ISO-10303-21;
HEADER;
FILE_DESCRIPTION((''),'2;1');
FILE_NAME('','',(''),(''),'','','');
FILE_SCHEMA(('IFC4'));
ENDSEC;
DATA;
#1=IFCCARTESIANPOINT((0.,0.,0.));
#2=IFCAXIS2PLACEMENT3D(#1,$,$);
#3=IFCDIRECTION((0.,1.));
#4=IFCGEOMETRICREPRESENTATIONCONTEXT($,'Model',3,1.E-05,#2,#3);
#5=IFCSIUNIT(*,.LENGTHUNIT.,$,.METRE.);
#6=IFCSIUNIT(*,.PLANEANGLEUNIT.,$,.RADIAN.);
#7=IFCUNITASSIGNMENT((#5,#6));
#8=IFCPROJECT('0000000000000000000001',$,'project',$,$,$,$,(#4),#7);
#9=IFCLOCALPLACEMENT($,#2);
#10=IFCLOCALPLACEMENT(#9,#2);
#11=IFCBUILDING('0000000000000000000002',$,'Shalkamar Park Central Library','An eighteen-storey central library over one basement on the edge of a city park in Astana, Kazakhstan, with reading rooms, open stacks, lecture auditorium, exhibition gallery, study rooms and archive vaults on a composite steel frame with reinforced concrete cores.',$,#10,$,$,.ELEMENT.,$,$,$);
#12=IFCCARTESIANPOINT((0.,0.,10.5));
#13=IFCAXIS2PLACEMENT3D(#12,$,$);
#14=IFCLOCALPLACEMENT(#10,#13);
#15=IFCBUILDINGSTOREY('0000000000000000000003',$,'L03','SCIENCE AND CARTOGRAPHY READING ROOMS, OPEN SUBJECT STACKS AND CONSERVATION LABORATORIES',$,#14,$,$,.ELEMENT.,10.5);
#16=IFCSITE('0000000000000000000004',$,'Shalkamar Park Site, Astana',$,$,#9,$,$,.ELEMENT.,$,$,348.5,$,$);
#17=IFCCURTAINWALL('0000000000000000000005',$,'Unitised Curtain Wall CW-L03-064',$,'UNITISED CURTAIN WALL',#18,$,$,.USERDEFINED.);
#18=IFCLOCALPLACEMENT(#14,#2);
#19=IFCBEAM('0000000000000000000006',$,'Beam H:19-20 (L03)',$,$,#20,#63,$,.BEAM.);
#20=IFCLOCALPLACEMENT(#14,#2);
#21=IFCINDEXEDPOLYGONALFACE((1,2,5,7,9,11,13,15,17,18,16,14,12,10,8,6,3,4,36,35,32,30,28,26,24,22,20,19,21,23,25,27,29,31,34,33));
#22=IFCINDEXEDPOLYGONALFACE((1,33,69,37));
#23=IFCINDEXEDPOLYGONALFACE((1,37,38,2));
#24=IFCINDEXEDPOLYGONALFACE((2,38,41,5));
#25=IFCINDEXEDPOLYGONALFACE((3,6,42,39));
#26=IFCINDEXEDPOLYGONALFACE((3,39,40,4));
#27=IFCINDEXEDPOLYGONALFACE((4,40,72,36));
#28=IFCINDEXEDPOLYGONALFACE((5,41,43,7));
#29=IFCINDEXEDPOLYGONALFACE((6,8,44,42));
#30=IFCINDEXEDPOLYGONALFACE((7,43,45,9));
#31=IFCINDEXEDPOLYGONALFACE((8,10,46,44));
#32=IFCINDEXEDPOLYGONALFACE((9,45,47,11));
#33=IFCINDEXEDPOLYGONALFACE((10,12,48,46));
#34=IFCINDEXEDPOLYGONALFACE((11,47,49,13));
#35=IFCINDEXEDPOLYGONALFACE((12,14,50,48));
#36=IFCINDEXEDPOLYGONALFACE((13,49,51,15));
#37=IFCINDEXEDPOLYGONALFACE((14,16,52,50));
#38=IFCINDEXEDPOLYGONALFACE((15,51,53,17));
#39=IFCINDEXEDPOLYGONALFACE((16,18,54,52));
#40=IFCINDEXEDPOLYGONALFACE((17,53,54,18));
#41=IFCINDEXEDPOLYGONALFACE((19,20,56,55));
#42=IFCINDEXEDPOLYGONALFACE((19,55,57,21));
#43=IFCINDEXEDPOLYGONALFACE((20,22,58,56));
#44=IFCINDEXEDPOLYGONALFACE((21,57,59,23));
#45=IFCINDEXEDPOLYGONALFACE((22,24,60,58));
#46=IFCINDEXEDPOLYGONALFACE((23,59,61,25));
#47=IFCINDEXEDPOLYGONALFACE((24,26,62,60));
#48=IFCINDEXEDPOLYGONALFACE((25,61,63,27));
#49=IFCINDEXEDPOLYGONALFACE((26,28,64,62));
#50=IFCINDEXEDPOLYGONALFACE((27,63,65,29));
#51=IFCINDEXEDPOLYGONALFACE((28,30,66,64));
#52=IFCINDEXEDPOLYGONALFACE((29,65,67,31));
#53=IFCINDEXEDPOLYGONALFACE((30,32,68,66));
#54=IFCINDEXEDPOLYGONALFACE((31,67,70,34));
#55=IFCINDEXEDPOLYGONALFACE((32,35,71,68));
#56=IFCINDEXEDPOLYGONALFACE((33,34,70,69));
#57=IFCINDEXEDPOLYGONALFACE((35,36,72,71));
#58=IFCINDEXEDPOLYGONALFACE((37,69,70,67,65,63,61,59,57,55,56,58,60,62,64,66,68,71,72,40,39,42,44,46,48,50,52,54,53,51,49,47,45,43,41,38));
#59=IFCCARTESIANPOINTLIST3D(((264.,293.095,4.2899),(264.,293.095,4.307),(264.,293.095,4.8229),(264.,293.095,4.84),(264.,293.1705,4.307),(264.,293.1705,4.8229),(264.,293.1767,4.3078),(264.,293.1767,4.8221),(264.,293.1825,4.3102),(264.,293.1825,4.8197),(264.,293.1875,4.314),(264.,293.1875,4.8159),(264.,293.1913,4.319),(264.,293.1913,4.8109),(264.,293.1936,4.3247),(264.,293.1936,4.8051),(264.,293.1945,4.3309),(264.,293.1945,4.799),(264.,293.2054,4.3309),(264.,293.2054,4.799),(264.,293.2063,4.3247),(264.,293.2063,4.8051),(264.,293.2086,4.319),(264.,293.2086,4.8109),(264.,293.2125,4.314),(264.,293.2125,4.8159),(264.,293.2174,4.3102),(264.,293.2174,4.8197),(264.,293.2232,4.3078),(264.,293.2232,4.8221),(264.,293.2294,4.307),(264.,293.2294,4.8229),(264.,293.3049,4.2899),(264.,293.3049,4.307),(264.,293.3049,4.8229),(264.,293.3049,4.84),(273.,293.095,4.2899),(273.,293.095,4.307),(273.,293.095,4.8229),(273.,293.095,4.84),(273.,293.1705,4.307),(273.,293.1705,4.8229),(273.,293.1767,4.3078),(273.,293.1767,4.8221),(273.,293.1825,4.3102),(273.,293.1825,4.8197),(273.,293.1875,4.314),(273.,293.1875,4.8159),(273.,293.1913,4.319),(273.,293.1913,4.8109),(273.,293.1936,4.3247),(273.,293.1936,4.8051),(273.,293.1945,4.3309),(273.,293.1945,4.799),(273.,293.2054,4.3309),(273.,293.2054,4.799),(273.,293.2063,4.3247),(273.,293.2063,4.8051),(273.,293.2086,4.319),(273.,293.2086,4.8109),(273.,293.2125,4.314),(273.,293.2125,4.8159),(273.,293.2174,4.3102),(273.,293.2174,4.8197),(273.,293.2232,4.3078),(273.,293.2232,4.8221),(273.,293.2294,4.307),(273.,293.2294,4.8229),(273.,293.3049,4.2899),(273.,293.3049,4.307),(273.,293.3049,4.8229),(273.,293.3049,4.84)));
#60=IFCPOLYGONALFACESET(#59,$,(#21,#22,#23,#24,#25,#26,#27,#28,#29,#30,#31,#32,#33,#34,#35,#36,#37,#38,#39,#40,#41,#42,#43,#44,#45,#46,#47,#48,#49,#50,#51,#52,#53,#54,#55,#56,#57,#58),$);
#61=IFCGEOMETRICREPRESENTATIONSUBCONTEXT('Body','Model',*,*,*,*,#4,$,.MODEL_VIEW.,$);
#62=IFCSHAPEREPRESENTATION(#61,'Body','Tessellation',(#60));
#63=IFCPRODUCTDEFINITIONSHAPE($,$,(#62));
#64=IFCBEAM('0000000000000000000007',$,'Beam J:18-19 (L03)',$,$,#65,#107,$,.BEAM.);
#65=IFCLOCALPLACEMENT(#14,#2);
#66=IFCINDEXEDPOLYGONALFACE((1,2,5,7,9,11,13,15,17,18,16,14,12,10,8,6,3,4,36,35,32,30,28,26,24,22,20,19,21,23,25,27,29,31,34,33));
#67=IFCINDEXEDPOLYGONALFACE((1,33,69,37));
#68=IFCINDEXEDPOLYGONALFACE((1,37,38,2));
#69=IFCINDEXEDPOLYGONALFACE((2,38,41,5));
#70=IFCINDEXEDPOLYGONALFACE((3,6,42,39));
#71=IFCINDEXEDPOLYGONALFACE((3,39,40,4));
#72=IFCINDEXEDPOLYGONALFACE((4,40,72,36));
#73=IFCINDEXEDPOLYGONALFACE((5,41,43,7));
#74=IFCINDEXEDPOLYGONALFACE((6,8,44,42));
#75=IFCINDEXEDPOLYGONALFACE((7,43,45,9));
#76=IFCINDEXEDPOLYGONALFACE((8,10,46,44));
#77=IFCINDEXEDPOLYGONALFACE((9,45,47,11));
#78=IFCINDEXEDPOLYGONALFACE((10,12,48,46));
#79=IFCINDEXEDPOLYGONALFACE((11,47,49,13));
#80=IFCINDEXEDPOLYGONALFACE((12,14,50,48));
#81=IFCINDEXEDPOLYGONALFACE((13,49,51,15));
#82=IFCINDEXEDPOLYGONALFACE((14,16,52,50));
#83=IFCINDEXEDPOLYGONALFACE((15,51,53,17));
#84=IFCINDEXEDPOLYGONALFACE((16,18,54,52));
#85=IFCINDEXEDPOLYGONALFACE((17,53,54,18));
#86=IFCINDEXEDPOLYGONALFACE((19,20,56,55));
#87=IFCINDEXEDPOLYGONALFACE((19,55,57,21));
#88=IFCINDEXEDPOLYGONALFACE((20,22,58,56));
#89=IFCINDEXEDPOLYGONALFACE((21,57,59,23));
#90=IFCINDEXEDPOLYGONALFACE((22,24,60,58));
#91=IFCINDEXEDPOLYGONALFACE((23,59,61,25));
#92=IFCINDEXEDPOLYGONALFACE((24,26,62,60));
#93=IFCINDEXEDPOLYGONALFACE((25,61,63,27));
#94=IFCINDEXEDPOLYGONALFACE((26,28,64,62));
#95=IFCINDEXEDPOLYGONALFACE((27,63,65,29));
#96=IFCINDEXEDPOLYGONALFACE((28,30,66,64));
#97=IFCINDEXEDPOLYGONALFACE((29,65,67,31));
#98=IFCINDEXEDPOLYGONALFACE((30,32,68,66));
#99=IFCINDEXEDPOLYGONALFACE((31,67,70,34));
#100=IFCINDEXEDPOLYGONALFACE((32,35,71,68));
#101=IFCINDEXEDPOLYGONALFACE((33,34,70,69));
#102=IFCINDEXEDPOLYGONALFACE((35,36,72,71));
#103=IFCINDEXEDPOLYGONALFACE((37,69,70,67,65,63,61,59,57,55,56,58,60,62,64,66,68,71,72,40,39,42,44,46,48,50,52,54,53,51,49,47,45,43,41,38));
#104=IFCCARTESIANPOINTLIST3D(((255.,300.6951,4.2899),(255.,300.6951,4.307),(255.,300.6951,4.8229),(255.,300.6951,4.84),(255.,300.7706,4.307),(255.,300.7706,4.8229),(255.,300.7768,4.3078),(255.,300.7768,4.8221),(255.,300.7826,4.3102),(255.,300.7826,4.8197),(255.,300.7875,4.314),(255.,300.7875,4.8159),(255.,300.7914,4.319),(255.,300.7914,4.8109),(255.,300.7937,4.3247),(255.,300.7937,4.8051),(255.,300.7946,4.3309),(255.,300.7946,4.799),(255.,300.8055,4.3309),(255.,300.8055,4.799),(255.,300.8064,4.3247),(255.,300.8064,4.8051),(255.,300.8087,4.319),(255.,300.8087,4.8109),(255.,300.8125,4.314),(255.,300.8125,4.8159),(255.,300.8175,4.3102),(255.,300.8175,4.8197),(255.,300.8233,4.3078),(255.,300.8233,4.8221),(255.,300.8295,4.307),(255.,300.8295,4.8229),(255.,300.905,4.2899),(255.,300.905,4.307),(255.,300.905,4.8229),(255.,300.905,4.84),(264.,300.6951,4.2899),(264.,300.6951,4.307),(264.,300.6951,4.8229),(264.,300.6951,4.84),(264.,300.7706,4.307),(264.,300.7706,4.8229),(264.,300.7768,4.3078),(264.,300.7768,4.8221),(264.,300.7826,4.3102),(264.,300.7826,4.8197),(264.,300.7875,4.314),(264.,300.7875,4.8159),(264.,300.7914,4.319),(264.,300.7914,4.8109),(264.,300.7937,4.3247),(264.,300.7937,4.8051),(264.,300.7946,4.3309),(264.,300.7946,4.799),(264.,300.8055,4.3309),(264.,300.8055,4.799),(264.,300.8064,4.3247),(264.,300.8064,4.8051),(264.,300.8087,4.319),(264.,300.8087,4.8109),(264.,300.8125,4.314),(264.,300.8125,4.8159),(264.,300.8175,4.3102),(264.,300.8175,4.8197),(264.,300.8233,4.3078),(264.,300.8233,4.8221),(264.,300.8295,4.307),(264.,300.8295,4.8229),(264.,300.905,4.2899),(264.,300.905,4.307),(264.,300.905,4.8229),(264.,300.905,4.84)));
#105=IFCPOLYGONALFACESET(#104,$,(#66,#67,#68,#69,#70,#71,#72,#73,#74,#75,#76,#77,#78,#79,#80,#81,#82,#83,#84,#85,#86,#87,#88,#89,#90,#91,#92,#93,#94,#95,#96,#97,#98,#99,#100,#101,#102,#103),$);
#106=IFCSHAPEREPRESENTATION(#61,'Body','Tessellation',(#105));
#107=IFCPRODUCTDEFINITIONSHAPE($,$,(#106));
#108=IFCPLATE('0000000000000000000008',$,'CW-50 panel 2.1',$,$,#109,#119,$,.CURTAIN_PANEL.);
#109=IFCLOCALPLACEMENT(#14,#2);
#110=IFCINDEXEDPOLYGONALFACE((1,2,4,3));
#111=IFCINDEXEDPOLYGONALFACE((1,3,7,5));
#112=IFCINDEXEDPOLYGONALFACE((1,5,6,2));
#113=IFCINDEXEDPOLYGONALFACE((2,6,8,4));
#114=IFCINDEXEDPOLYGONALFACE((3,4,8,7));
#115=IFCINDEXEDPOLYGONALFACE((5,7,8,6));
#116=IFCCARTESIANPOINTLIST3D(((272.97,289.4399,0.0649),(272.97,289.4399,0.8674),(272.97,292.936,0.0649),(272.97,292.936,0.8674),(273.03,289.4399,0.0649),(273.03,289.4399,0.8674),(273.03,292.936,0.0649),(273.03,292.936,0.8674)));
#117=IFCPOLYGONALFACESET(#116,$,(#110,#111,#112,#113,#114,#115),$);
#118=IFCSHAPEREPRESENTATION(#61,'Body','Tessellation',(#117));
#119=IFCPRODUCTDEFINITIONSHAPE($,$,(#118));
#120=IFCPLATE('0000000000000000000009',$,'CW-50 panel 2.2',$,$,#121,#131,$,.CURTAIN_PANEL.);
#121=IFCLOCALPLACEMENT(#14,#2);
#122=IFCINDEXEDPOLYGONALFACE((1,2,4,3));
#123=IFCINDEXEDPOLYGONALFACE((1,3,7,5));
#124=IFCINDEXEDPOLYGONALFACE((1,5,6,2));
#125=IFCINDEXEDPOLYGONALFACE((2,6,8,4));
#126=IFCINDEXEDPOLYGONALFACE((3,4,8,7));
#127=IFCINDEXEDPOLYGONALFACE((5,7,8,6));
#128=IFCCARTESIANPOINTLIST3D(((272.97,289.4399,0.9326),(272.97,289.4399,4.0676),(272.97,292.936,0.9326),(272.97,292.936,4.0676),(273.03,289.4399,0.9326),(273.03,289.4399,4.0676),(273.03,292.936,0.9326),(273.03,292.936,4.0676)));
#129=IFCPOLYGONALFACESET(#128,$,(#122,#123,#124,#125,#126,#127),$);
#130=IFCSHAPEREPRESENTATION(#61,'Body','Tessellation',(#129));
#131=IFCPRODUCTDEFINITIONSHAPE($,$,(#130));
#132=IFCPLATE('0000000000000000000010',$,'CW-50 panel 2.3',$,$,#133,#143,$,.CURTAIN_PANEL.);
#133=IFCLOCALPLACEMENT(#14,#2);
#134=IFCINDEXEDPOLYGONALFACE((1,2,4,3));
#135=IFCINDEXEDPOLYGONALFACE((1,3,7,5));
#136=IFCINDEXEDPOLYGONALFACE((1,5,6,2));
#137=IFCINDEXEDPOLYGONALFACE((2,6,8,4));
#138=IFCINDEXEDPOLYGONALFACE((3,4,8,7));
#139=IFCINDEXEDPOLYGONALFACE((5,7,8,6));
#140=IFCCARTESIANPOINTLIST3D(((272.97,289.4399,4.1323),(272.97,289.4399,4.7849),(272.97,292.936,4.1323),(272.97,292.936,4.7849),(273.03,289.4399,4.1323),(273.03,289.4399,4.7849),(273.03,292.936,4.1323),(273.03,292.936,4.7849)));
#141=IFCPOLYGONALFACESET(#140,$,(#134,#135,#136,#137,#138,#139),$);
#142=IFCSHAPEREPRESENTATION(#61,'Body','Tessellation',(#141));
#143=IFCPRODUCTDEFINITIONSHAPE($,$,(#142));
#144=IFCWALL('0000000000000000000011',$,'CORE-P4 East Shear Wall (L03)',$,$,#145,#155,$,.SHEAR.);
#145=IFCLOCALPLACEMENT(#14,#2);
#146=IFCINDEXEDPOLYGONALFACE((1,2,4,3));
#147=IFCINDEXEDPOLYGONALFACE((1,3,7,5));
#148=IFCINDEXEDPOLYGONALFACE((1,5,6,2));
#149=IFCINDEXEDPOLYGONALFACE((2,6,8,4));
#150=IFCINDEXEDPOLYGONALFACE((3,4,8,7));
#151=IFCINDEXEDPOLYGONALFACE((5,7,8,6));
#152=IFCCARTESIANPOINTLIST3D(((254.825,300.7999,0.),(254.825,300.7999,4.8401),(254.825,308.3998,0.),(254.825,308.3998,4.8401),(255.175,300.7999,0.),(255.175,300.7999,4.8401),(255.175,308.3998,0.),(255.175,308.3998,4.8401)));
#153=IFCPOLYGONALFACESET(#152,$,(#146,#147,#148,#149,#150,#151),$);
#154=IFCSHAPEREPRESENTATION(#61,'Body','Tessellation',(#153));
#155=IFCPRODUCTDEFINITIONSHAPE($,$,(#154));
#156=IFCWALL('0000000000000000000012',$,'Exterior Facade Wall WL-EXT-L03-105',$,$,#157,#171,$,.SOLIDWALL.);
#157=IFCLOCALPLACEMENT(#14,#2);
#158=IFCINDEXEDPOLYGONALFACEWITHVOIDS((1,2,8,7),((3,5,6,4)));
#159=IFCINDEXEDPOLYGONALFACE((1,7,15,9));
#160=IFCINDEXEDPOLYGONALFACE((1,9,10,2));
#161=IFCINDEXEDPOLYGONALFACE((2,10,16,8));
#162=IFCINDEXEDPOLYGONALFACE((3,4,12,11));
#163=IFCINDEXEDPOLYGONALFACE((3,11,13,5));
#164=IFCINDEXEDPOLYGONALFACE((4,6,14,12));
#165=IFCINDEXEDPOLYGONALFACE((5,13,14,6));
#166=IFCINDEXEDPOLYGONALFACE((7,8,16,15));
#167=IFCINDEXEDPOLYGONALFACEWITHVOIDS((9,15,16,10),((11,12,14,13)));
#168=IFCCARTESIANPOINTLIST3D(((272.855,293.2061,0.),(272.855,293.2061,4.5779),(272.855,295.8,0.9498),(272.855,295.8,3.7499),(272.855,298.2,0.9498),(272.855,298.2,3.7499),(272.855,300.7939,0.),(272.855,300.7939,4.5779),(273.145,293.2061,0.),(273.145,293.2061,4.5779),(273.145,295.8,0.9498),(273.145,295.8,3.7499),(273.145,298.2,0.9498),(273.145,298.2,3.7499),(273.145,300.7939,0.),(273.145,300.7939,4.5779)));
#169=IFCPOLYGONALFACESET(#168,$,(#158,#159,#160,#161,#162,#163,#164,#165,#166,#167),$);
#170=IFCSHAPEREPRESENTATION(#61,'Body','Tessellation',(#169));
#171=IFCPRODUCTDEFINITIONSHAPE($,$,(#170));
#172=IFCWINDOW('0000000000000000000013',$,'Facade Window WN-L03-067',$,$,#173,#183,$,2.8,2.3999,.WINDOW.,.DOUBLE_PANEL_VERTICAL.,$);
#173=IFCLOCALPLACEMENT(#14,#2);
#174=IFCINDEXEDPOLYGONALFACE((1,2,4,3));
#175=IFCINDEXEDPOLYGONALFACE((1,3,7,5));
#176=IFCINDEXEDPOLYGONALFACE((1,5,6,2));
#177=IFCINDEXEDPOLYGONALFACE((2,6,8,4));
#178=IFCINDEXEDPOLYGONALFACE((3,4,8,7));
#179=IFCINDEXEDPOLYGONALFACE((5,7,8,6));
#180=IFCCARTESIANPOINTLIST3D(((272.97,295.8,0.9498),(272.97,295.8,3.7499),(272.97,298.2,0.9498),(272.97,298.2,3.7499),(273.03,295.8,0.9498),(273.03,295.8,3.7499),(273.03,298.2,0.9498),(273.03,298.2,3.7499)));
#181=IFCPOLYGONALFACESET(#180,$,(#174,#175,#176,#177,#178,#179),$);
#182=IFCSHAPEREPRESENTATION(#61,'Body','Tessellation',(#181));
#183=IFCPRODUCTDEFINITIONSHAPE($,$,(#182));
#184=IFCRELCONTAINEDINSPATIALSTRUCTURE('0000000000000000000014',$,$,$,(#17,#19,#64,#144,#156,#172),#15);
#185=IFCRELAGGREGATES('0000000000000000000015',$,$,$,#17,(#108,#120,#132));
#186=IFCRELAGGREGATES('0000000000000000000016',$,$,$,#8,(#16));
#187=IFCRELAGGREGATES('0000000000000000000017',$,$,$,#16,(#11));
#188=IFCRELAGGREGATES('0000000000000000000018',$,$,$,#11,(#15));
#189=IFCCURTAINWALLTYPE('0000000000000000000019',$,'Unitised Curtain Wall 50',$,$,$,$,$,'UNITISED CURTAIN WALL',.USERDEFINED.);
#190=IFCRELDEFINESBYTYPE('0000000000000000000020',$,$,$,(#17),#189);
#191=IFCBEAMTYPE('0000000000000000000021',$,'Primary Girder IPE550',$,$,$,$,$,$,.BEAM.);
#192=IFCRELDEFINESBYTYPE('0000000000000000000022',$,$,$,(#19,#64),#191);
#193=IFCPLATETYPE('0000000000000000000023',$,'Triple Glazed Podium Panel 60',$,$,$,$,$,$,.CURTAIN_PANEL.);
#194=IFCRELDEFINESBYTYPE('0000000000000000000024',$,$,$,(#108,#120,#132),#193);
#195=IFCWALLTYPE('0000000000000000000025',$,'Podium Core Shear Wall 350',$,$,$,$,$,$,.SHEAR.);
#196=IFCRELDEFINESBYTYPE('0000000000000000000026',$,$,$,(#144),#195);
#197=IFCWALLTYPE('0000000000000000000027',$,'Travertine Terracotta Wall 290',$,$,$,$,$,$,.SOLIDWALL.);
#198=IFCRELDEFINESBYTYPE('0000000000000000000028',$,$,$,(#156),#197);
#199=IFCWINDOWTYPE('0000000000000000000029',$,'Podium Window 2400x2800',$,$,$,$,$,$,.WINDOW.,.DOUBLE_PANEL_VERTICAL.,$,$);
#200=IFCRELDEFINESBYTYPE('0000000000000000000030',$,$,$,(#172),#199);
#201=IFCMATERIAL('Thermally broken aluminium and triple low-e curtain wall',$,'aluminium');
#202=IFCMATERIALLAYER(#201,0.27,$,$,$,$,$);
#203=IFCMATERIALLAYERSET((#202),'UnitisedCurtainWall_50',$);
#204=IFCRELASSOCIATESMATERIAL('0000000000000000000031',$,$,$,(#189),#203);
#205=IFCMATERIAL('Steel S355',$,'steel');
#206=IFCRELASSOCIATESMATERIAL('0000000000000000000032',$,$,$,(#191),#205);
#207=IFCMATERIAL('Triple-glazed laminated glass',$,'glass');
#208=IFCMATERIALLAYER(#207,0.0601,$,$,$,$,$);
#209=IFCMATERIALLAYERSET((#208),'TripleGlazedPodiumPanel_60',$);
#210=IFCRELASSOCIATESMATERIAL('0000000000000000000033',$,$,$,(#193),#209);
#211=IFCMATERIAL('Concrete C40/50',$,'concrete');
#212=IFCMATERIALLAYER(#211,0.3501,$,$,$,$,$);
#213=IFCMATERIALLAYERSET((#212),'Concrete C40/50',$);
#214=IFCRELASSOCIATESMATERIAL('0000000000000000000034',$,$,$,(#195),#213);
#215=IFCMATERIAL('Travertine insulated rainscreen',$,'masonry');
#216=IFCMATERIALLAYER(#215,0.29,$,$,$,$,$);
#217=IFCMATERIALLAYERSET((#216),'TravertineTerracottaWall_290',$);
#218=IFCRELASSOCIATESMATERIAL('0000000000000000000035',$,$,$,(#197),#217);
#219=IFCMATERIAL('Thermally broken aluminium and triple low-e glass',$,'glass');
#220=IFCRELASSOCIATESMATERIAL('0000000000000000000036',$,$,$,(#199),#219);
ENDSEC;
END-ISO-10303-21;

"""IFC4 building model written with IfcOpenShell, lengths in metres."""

from ifc_helpers import new_model, si_unit, direction, frame, frame_2d, origin, origin_2d, place, context, subcontext, project, spatial, rectangle, i_section, extrude, material, layer, layer_set, material_profile, profile_set, type_object, element, fill, aggregate, save


model = new_model("IFC4")

# Units and contexts
model_context = context("Model", 3, precision=1e-05, world=origin(), true_north=direction((0.0, 1.0)))
body_context = subcontext(model_context, "Body", "Model", "MODEL_VIEW")
ifc_project = project(units=[si_unit("LENGTHUNIT", "METRE"), si_unit("PLANEANGLEUNIT", "RADIAN")], contexts=[model_context])

# Site, building, storey
site_placement = place(None, origin())
site = spatial("IfcSite", under=ifc_project, at=site_placement, Name="Shalkamar Park Site, Astana", CompositionType="ELEMENT", RefElevation=348.5)
building_placement = place(site_placement, origin())
building = spatial("IfcBuilding", under=site, at=building_placement, Name="Shalkamar Park Central Library", Description="An eighteen-storey central library over one basement on the edge of a city park in Astana, Kazakhstan, with reading rooms, open stacks, lecture auditorium, exhibition gallery, study rooms and archive vaults on a composite steel frame with reinforced concrete cores.", CompositionType="ELEMENT")
storey_placement = place(building_placement, frame((0.0, 0.0, 10.5)))
storey = spatial("IfcBuildingStorey", under=building, at=storey_placement, Name="L03", Description="SCIENCE AND CARTOGRAPHY READING ROOMS, OPEN SUBJECT STACKS AND CONSERVATION LABORATORIES", CompositionType="ELEMENT", Elevation=10.5)

# Shared definitions
ifc_material_1 = material(Name="Steel S355", Category="steel")

# Curtain wall
ifc_material_2 = material(Name="Thermally broken aluminium and triple low-e curtain wall", Category="aluminium")
ifc_layer_1 = layer(ifc_material_2, 0.27)
ifc_layer_set_1 = layer_set([ifc_layer_1], Name="UnitisedCurtainWall_50")
curtain_wall_type_1 = type_object("IfcCurtainWallType", Name="Unitised Curtain Wall 50", ElementType="UNITISED CURTAIN WALL", PredefinedType="USERDEFINED", material=ifc_layer_set_1)
curtain_wall_1_placement = place(storey_placement, origin())
curtain_wall_1 = element("IfcCurtainWall", 1, at=curtain_wall_1_placement, inside=storey, type_object=curtain_wall_type_1, Name="Unitised Curtain Wall CW-L03-064", ObjectType="UNITISED CURTAIN WALL", PredefinedType="USERDEFINED")

# Beams
ifc_material_profile_1 = material_profile(ifc_material_1, i_section(OverallWidth=0.21, OverallDepth=0.55, WebThickness=0.011, FlangeThickness=0.0171, FilletRadius=0.0239, at=origin_2d()), Name="IPE 550")
ifc_profile_set_1 = profile_set([ifc_material_profile_1], Name="Steel S355")
beam_type_1 = type_object("IfcBeamType", Name="Primary Girder IPE550", PredefinedType="BEAM", material=ifc_profile_set_1)
for number, where, z_axis, x_axis, name in (
    (2, (264.0, 293.2, 4.5649), (1.0, 0.0, 0.0), (0.0, 1.0, 0.0), "Beam H:19-20 (L03)"),
    (3, (255.0, 300.8, 4.5649), (1.0, 0.0, 0.0), (0.0, 1.0, 0.0), "Beam J:18-19 (L03)"),
):
    element("IfcBeam", number, at=place(storey_placement, frame(where, z_axis=z_axis, x_axis=x_axis)), inside=storey, type_object=beam_type_1, Name=name, PredefinedType="BEAM", context=body_context, shape_type="SweptSolid", body=[
        extrude(i_section(OverallWidth=0.21, OverallDepth=0.55, WebThickness=0.011, FlangeThickness=0.0171, FilletRadius=0.0239, at=origin_2d()), origin(), (0.0, 0.0, 1.0), 9.0),
    ])

# Plates
ifc_material_3 = material(Name="Triple-glazed laminated glass", Category="glass")
ifc_layer_2 = layer(ifc_material_3, 0.0601)
ifc_layer_set_2 = layer_set([ifc_layer_2], Name="TripleGlazedPodiumPanel_60")
plate_type = type_object("IfcPlateType", Name="Triple Glazed Podium Panel 60", PredefinedType="CURTAIN_PANEL", material=ifc_layer_set_2)
plate_1_placement = place(storey_placement, frame((273.0, 291.188, 0.0649), z_axis=(0.0, 0.0, 1.0), x_axis=(0.0, 1.0, 0.0)))
plate_1 = element("IfcPlate", 4, at=plate_1_placement, type_object=plate_type, Name="CW-50 panel 2.1", PredefinedType="CURTAIN_PANEL", context=body_context, shape_type="SweptSolid", body=[
    extrude(rectangle(XDim=3.4961, YDim=0.0601, at=origin_2d()), origin(), (0.0, 0.0, 1.0), 0.8025),
])
plate_2_placement = place(storey_placement, frame((273.0, 291.188, 0.9326), z_axis=(0.0, 0.0, 1.0), x_axis=(0.0, 1.0, 0.0)))
plate_2 = element("IfcPlate", 5, at=plate_2_placement, type_object=plate_type, Name="CW-50 panel 2.2", PredefinedType="CURTAIN_PANEL", context=body_context, shape_type="SweptSolid", body=[
    extrude(rectangle(XDim=3.4961, YDim=0.0601, at=origin_2d()), origin(), (0.0, 0.0, 1.0), 3.135),
])
plate_3_placement = place(storey_placement, frame((273.0, 291.188, 4.1323), z_axis=(0.0, 0.0, 1.0), x_axis=(0.0, 1.0, 0.0)))
plate_3 = element("IfcPlate", 6, at=plate_3_placement, type_object=plate_type, Name="CW-50 panel 2.3", PredefinedType="CURTAIN_PANEL", context=body_context, shape_type="SweptSolid", body=[
    extrude(rectangle(XDim=3.4961, YDim=0.0601, at=origin_2d()), origin(), (0.0, 0.0, 1.0), 0.6526),
])
aggregate(curtain_wall_1, [plate_1, plate_2, plate_3])

# Wall
ifc_material_4 = material(Name="Concrete C40/50", Category="concrete")
ifc_layer_3 = layer(ifc_material_4, 0.3501)
ifc_layer_set_3 = layer_set([ifc_layer_3], Name="Concrete C40/50")
wall_type_1 = type_object("IfcWallType", Name="Podium Core Shear Wall 350", PredefinedType="SHEAR", material=ifc_layer_set_3)
wall_1_placement = place(storey_placement, frame((255.0, 300.8, 0.0), z_axis=(0.0, 0.0, 1.0), x_axis=(0.0, 1.0, 0.0)))
element("IfcWall", 7, at=wall_1_placement, inside=storey, type_object=wall_type_1, Name="CORE-P4 East Shear Wall (L03)", PredefinedType="SHEAR", context=body_context, shape_type="SweptSolid", body=[
    extrude(rectangle(XDim=7.5999, YDim=0.3501, at=frame_2d((3.7998, 0.0))), origin(), (0.0, 0.0, 1.0), 4.8401),
])

# Wall, opening, window
ifc_material_5 = material(Name="Travertine insulated rainscreen", Category="masonry")
ifc_layer_4 = layer(ifc_material_5, 0.29)
ifc_layer_set_4 = layer_set([ifc_layer_4], Name="TravertineTerracottaWall_290")
wall_type_2 = type_object("IfcWallType", Name="Travertine Terracotta Wall 290", PredefinedType="SOLIDWALL", material=ifc_layer_set_4)
wall_2_placement = place(storey_placement, frame((273.0, 293.2061, 0.0), z_axis=(0.0, 0.0, 1.0), x_axis=(0.0, 1.0, 0.0)))
wall_2 = element("IfcWall", 8, at=wall_2_placement, inside=storey, type_object=wall_type_2, Name="Exterior Facade Wall WL-EXT-L03-105", PredefinedType="SOLIDWALL", context=body_context, shape_type="SweptSolid", body=[
    extrude(rectangle(XDim=7.5879, YDim=0.29, at=frame_2d((3.7939, 0.0))), origin(), (0.0, 0.0, 1.0), 4.5779),
])
opening_placement = place(wall_2_placement, frame((2.594, 0.0, 0.95)))
opening = element("IfcOpeningElement", 9, at=opening_placement, cuts=wall_2, PredefinedType="OPENING", context=body_context, shape_type="SweptSolid", body=[
    extrude(rectangle(XDim=2.3999, YDim=2.8, at=frame_2d((1.2, 1.3999))), frame((0.0, 0.1599, 0.0), z_axis=(0.0, -1.0, 0.0), x_axis=(1.0, 0.0, 0.0)), (0.0, 0.0, 1.0), 0.3198),
])
ifc_material_6 = material(Name="Thermally broken aluminium and triple low-e glass", Category="glass")
window_type = type_object("IfcWindowType", Name="Podium Window 2400x2800", PartitioningType="DOUBLE_PANEL_VERTICAL", PredefinedType="WINDOW", material=ifc_material_6)
window_placement = place(opening_placement, origin())
window = element("IfcWindow", 10, at=window_placement, inside=storey, type_object=window_type, Name="Facade Window WN-L03-067", OverallHeight=2.8, OverallWidth=2.3999, PartitioningType="DOUBLE_PANEL_VERTICAL", PredefinedType="WINDOW", context=body_context, shape_type="SweptSolid", body=[
    extrude(rectangle(XDim=2.3999, YDim=2.8, at=frame_2d((1.2, 1.3999))), frame((0.0, 0.03, 0.0), z_axis=(0.0, -1.0, 0.0), x_axis=(1.0, 0.0, 0.0)), (0.0, 0.0, 1.0), 0.0601),
])
fill(opening, window)

save(model, "model.ifc")
